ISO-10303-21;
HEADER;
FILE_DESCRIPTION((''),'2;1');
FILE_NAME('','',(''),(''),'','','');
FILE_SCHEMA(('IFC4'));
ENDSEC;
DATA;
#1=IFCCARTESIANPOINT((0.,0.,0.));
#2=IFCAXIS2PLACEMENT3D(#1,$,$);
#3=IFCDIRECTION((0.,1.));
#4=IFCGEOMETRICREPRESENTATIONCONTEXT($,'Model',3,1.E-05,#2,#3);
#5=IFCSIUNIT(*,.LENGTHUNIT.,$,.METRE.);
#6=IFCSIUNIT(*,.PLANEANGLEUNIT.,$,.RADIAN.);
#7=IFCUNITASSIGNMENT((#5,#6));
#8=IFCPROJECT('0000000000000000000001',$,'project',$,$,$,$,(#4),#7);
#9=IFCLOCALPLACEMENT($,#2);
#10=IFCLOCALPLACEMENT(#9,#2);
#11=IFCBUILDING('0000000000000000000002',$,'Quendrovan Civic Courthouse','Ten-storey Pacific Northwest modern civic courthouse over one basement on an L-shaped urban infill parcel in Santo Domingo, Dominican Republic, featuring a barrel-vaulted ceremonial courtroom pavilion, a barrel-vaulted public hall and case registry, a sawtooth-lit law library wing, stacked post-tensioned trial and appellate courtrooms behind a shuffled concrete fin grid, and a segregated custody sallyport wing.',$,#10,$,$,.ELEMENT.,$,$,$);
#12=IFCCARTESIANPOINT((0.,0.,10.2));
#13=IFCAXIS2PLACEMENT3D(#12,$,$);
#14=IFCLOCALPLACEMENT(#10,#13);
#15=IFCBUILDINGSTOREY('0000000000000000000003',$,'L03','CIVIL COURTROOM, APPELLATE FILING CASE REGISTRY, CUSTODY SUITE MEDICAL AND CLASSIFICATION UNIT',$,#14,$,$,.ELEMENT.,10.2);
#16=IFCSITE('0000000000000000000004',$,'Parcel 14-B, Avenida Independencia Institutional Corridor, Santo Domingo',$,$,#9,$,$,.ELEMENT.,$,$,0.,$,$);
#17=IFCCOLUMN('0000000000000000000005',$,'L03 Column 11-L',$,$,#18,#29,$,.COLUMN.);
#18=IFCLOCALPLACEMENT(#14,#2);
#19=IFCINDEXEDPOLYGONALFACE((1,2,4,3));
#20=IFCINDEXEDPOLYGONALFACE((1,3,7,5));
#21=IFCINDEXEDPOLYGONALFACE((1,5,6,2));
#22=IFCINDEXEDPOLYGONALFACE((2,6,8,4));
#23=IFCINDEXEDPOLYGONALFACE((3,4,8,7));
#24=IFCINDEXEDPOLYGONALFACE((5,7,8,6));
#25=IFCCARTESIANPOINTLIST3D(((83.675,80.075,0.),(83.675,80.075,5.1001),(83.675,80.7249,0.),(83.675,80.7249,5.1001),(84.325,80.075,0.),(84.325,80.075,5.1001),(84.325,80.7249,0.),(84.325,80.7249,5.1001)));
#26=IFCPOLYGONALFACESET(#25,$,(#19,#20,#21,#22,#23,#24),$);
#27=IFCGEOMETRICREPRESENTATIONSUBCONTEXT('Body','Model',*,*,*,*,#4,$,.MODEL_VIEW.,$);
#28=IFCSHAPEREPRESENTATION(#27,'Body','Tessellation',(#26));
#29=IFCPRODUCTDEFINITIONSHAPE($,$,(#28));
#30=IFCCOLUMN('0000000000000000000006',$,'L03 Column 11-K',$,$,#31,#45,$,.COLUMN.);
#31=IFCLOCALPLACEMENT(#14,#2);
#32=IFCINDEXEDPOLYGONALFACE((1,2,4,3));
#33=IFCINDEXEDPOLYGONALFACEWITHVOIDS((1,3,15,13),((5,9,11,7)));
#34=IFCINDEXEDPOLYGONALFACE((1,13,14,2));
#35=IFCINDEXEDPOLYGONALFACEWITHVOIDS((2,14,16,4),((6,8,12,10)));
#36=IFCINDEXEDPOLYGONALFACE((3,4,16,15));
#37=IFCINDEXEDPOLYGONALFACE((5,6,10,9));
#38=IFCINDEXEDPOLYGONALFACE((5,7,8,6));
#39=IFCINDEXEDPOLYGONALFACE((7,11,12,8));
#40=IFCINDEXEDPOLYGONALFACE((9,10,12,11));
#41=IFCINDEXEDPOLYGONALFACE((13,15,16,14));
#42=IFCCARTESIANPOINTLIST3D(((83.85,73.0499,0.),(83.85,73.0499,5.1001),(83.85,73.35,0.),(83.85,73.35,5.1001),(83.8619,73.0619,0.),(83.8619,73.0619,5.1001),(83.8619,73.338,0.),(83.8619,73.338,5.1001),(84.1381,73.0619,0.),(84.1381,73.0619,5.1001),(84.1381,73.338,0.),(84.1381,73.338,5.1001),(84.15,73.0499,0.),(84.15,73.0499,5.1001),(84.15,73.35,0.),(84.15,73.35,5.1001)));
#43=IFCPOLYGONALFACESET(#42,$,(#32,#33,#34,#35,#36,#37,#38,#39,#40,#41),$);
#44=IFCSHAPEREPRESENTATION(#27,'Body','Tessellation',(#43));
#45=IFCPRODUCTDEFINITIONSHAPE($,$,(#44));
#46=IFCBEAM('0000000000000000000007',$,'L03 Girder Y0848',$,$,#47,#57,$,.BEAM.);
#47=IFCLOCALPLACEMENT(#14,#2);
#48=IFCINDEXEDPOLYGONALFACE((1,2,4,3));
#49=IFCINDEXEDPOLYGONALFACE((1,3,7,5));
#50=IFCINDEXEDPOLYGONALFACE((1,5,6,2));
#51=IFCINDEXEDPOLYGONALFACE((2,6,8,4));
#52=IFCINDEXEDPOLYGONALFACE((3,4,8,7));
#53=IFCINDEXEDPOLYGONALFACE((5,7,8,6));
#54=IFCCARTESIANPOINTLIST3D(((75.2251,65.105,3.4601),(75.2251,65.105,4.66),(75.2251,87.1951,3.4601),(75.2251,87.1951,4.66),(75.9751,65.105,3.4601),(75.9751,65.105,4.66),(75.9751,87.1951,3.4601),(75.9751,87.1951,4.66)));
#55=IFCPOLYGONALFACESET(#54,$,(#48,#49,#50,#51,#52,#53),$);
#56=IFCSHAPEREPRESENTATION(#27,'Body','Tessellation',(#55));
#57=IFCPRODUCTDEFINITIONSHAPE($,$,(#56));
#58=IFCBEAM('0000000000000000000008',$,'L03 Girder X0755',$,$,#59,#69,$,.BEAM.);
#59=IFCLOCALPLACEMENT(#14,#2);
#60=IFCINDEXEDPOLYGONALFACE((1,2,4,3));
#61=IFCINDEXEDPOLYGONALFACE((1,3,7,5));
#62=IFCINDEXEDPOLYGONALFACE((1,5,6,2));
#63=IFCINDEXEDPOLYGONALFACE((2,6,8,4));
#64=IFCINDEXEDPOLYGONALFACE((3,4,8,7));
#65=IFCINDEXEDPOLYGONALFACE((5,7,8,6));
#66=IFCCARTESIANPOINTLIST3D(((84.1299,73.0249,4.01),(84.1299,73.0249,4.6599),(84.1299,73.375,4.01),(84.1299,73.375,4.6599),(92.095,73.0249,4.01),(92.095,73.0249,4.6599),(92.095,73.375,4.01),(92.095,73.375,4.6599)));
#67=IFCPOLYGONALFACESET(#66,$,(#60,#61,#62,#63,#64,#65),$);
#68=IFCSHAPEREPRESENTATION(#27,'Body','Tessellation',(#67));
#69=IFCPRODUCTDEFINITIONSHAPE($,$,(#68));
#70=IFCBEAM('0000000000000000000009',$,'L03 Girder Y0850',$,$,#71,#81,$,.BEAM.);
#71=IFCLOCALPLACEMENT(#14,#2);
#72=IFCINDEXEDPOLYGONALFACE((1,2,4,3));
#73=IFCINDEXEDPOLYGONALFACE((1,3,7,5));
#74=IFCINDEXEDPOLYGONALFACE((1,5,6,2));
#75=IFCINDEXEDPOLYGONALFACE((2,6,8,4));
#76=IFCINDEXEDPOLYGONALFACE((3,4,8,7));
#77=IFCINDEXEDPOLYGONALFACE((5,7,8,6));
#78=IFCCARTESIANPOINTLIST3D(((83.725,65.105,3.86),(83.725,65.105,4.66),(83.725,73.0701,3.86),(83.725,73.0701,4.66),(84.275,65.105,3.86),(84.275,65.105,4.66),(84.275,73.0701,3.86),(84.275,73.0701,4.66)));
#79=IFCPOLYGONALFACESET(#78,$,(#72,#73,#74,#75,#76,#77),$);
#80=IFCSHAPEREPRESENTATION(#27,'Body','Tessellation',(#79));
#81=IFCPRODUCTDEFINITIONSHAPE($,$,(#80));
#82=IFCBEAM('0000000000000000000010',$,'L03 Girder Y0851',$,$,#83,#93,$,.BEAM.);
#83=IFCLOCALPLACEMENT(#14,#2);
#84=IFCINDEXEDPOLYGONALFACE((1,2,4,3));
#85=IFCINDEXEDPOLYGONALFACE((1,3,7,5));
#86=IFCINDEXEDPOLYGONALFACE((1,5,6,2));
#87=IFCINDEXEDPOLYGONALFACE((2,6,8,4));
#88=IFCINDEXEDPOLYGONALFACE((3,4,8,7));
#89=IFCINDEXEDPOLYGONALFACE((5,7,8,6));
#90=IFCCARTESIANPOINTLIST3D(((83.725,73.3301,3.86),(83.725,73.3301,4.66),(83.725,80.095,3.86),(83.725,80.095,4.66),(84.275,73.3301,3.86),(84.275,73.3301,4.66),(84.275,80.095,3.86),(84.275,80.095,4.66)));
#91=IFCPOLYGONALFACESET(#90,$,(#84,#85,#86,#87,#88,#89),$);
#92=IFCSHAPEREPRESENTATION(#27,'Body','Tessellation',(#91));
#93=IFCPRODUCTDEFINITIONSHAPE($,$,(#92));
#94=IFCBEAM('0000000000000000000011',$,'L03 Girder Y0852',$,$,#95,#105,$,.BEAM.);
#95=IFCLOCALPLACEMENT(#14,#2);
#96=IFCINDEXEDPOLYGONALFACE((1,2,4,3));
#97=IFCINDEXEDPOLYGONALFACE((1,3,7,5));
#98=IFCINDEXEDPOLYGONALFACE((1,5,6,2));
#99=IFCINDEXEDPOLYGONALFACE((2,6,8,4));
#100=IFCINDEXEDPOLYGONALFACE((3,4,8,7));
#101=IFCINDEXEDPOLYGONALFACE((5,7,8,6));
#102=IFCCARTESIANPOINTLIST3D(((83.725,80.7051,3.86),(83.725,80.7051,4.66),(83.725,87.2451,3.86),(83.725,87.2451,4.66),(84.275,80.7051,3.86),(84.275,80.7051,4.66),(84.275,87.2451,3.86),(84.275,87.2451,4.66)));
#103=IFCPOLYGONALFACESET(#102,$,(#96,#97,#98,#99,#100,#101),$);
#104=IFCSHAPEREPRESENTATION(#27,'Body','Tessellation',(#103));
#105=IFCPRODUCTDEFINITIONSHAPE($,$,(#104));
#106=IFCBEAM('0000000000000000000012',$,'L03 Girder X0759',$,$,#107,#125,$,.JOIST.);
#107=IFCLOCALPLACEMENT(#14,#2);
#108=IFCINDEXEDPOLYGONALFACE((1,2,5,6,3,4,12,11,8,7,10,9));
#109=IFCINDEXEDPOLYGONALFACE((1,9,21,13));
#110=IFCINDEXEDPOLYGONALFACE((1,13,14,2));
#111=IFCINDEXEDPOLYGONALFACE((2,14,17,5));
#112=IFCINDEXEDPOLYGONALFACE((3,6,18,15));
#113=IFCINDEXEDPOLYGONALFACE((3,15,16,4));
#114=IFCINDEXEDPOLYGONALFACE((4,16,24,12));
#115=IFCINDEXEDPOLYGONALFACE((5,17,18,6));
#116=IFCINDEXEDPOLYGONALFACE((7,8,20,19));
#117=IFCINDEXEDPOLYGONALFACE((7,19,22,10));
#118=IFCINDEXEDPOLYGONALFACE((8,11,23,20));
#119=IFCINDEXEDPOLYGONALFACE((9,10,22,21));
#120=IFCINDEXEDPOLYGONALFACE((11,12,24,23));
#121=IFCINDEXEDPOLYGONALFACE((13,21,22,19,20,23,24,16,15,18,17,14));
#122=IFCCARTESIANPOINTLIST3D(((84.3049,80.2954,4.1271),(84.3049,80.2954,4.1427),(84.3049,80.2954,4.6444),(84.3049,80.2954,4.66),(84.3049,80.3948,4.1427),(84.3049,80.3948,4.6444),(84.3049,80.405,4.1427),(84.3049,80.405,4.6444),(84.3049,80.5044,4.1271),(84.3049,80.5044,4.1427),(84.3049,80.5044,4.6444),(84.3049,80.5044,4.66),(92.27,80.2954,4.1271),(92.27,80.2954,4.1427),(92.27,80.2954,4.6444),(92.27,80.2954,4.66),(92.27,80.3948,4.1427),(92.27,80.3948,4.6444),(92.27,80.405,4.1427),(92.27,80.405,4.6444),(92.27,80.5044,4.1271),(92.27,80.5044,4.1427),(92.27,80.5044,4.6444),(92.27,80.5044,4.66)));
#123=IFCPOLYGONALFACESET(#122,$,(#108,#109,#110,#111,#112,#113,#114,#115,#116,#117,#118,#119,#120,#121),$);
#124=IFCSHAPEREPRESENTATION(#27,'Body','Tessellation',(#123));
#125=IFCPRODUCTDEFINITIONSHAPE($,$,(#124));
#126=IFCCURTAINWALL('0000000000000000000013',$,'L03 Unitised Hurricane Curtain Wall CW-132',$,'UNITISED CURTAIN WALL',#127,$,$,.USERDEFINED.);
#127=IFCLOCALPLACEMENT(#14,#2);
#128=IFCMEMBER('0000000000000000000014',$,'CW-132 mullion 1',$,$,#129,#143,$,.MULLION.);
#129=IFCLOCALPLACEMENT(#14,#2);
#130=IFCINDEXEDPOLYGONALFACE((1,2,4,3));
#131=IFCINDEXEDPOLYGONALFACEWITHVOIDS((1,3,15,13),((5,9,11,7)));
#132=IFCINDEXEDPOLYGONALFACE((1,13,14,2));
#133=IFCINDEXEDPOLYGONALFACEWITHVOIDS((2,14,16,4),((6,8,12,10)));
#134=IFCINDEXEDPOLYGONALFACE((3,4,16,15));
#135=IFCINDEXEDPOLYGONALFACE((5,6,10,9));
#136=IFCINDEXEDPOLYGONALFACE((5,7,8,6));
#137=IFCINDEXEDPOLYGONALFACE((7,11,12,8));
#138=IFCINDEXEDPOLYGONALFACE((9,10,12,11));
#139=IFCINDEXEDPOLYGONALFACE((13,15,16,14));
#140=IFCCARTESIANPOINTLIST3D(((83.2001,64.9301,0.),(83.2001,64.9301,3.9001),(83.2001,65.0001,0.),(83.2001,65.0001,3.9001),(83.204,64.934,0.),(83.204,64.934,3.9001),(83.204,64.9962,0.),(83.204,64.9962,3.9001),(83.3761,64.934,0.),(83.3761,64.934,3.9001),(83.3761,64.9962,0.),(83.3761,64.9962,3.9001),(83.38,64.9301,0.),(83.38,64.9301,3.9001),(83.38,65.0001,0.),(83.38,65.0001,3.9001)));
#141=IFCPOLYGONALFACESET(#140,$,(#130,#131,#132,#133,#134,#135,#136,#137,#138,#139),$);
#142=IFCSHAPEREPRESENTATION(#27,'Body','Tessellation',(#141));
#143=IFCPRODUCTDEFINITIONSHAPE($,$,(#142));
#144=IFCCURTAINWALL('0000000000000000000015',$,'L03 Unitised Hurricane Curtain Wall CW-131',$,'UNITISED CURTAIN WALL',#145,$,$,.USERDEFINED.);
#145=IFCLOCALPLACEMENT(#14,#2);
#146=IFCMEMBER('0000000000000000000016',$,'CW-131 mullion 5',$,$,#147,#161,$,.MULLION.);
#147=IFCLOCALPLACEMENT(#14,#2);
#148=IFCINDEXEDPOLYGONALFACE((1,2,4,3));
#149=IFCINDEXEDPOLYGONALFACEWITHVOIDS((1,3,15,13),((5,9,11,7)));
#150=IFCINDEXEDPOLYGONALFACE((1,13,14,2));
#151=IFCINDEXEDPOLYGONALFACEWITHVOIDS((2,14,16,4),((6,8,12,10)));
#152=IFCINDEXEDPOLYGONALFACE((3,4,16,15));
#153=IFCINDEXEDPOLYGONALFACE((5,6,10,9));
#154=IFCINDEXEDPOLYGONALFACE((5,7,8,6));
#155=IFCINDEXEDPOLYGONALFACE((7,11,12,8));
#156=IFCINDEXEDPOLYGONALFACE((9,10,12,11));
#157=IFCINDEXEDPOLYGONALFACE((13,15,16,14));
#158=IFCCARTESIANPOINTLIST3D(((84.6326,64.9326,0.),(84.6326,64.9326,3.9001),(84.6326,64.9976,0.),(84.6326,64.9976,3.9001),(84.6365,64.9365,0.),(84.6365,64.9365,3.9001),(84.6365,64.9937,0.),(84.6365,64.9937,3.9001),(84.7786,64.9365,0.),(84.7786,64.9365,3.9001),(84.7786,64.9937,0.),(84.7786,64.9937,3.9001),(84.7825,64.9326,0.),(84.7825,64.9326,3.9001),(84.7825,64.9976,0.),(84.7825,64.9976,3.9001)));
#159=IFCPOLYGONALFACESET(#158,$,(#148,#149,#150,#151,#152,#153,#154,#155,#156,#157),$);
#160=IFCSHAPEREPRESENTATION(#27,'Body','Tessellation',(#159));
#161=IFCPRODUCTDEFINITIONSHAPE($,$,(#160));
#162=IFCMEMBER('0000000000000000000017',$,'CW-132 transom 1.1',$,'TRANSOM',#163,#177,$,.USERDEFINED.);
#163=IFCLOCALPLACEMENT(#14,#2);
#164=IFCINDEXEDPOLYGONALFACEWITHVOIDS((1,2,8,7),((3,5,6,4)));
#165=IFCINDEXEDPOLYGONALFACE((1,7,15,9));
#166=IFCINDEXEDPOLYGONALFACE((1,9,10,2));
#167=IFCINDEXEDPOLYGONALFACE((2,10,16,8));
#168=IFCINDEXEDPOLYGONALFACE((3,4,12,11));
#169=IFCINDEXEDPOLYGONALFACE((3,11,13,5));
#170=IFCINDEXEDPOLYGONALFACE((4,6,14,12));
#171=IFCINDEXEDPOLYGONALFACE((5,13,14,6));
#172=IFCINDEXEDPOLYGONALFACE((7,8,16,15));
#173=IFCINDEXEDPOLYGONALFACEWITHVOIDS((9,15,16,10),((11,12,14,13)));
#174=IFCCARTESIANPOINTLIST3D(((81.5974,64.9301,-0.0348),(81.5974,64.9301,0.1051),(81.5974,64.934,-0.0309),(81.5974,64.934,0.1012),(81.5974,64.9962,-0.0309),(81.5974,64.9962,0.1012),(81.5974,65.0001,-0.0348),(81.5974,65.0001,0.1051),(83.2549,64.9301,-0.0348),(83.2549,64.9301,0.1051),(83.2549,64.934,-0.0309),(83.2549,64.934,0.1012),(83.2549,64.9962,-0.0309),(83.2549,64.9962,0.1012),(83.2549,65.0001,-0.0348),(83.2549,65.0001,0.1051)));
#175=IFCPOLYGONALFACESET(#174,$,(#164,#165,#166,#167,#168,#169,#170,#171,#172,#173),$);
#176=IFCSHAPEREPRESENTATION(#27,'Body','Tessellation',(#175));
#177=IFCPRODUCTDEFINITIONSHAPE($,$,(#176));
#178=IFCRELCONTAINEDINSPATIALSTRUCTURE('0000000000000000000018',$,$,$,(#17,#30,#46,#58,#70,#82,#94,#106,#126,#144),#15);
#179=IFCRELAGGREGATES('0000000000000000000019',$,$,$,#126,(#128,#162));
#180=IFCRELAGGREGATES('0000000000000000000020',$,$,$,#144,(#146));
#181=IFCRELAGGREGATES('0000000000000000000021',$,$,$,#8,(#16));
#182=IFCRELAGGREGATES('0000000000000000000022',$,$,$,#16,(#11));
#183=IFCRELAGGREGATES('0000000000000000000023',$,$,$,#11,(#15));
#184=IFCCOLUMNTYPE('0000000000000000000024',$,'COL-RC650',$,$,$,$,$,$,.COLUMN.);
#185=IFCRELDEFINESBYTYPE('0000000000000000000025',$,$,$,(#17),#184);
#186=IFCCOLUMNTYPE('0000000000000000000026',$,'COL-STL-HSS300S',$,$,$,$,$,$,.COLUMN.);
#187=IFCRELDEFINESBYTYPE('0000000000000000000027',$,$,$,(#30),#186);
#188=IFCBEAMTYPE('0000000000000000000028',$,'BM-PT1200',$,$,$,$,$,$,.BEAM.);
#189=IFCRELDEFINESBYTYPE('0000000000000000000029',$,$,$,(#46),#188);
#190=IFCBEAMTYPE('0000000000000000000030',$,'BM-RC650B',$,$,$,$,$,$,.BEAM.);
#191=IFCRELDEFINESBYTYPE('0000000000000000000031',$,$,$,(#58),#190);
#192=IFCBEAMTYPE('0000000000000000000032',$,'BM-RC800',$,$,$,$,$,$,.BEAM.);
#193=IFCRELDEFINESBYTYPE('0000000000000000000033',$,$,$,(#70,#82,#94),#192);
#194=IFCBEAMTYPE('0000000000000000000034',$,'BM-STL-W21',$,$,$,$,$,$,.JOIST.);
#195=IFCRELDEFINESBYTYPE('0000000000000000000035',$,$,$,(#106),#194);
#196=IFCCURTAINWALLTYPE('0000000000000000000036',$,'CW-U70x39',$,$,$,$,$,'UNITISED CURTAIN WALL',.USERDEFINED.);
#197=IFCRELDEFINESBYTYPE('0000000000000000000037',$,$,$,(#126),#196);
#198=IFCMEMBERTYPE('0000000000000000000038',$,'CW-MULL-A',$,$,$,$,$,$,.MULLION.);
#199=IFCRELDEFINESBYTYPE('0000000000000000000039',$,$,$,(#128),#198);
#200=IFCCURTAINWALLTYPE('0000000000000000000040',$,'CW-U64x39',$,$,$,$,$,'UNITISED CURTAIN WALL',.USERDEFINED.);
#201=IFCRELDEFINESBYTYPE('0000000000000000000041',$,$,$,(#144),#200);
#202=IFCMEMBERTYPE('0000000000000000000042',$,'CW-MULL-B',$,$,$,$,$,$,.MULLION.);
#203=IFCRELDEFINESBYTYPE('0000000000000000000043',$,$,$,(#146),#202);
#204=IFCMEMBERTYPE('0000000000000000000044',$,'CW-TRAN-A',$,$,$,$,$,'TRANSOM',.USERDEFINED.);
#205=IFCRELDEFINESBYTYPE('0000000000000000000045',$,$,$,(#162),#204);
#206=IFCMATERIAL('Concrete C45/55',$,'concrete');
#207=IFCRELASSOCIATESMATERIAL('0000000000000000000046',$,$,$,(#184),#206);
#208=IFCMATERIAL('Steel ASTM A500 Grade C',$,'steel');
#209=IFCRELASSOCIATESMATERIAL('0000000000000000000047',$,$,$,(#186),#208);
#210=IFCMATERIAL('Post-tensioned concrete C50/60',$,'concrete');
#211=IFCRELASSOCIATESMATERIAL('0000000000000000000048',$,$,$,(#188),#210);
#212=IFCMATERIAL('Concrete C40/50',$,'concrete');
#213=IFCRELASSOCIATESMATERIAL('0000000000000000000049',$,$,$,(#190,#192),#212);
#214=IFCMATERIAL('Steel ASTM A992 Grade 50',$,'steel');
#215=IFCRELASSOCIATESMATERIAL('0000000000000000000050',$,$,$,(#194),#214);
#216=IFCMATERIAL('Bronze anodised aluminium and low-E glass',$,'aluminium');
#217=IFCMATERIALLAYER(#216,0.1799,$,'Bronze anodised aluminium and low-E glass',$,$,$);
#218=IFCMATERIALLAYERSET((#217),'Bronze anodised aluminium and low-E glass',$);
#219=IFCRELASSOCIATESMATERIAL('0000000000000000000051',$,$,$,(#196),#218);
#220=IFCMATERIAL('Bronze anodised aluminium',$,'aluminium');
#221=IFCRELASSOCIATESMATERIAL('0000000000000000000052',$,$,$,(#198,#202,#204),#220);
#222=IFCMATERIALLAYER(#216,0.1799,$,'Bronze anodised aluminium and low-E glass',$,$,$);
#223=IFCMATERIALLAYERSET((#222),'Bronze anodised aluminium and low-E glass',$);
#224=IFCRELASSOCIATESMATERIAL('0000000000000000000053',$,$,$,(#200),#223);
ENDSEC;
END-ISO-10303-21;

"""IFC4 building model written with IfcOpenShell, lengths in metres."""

from ifc_helpers import new_model, si_unit, direction, frame, origin, origin_2d, place, context, subcontext, project, spatial, rectangle, hollow_rectangle, i_section, extrude, material, layer, layer_set, material_profile, profile_set, type_object, element, aggregate, save


model = new_model("IFC4")

# Units and contexts
model_context = context("Model", 3, precision=1e-05, world=origin(), true_north=direction((0.0, 1.0)))
body_context = subcontext(model_context, "Body", "Model", "MODEL_VIEW")
ifc_project = project(units=[si_unit("LENGTHUNIT", "METRE"), si_unit("PLANEANGLEUNIT", "RADIAN")], contexts=[model_context])

# Site, building, storey
site_placement = place(None, origin())
site = spatial("IfcSite", under=ifc_project, at=site_placement, Name="Parcel 14-B, Avenida Independencia Institutional Corridor, Santo Domingo", CompositionType="ELEMENT", RefElevation=0.0)
building_placement = place(site_placement, origin())
building = spatial("IfcBuilding", under=site, at=building_placement, Name="Quendrovan Civic Courthouse", Description="Ten-storey Pacific Northwest modern civic courthouse over one basement on an L-shaped urban infill parcel in Santo Domingo, Dominican Republic, featuring a barrel-vaulted ceremonial courtroom pavilion, a barrel-vaulted public hall and case registry, a sawtooth-lit law library wing, stacked post-tensioned trial and appellate courtrooms behind a shuffled concrete fin grid, and a segregated custody sallyport wing.", CompositionType="ELEMENT")
storey_placement = place(building_placement, frame((0.0, 0.0, 10.2)))
storey = spatial("IfcBuildingStorey", under=building, at=storey_placement, Name="L03", Description="CIVIL COURTROOM, APPELLATE FILING CASE REGISTRY, CUSTODY SUITE MEDICAL AND CLASSIFICATION UNIT", CompositionType="ELEMENT", Elevation=10.2)

# Columns
ifc_material_1 = material(Name="Concrete C45/55", Category="concrete")
ifc_material_profile_1 = material_profile(ifc_material_1, rectangle(XDim=0.6499, YDim=0.6499, at=origin_2d()), Name="RC-COL-650x650")
ifc_profile_set_1 = profile_set([ifc_material_profile_1], Name="Concrete C45/55")
column_type_1 = type_object("IfcColumnType", Name="COL-RC650", PredefinedType="COLUMN", material=ifc_profile_set_1)
column_1_placement = place(storey_placement, frame((84.0, 80.3999, 0.0), z_axis=(0.0, 0.0, 1.0), x_axis=(1.0, 0.0, 0.0)))
element("IfcColumn", 1, at=column_1_placement, inside=storey, type_object=column_type_1, Name="L03 Column 11-L", PredefinedType="COLUMN", context=body_context, shape_type="SweptSolid", body=[
    extrude(rectangle(XDim=0.6499, YDim=0.6499, at=origin_2d()), origin(), (0.0, 0.0, 1.0), 5.1001),
])
ifc_material_2 = material(Name="Steel ASTM A500 Grade C", Category="steel")
ifc_material_profile_2 = material_profile(ifc_material_2, hollow_rectangle(XDim=0.3, YDim=0.3, WallThickness=0.012, at=origin_2d()), Name="HSS300x300x12")
ifc_profile_set_2 = profile_set([ifc_material_profile_2], Name="Steel ASTM A500 Grade C")
column_type_2 = type_object("IfcColumnType", Name="COL-STL-HSS300S", PredefinedType="COLUMN", material=ifc_profile_set_2)
column_2_placement = place(storey_placement, frame((84.0, 73.2, 0.0), z_axis=(0.0, 0.0, 1.0), x_axis=(1.0, 0.0, 0.0)))
element("IfcColumn", 2, at=column_2_placement, inside=storey, type_object=column_type_2, Name="L03 Column 11-K", PredefinedType="COLUMN", context=body_context, shape_type="SweptSolid", body=[
    extrude(hollow_rectangle(XDim=0.3, YDim=0.3, WallThickness=0.012, at=origin_2d()), origin(), (0.0, 0.0, 1.0), 5.1001),
])

# Beams
ifc_material_3 = material(Name="Post-tensioned concrete C50/60", Category="concrete")
ifc_material_profile_3 = material_profile(ifc_material_3, rectangle(XDim=0.75, YDim=1.2, at=origin_2d()), Name="PT-GIRD-750x1200")
ifc_profile_set_3 = profile_set([ifc_material_profile_3], Name="Post-tensioned concrete C50/60")
beam_type_1 = type_object("IfcBeamType", Name="BM-PT1200", PredefinedType="BEAM", material=ifc_profile_set_3)
beam_1_placement = place(storey_placement, frame((75.6001, 65.105, 4.0601), z_axis=(0.0, 1.0, 0.0), x_axis=(-1.0, 0.0, 0.0)))
element("IfcBeam", 3, at=beam_1_placement, inside=storey, type_object=beam_type_1, Name="L03 Girder Y0848", PredefinedType="BEAM", context=body_context, shape_type="SweptSolid", body=[
    extrude(rectangle(XDim=0.75, YDim=1.2, at=origin_2d()), origin(), (0.0, 0.0, 1.0), 22.0901),
])
ifc_material_4 = material(Name="Concrete C40/50", Category="concrete")
ifc_material_profile_4 = material_profile(ifc_material_4, rectangle(XDim=0.3501, YDim=0.6499, at=origin_2d()), Name="RC-BM-350x650")
ifc_profile_set_4 = profile_set([ifc_material_profile_4], Name="Concrete C40/50")
beam_type_2 = type_object("IfcBeamType", Name="BM-RC650B", PredefinedType="BEAM", material=ifc_profile_set_4)
beam_2_placement = place(storey_placement, frame((84.1299, 73.2, 4.335), z_axis=(1.0, 0.0, 0.0), x_axis=(0.0, 1.0, 0.0)))
element("IfcBeam", 4, at=beam_2_placement, inside=storey, type_object=beam_type_2, Name="L03 Girder X0755", PredefinedType="BEAM", context=body_context, shape_type="SweptSolid", body=[
    extrude(rectangle(XDim=0.3501, YDim=0.6499, at=origin_2d()), origin(), (0.0, 0.0, 1.0), 7.9651),
])
ifc_material_profile_5 = material_profile(ifc_material_4, rectangle(XDim=0.55, YDim=0.8, at=origin_2d()), Name="RC-BM-550x800")
ifc_profile_set_5 = profile_set([ifc_material_profile_5], Name="Concrete C40/50")
beam_type_3 = type_object("IfcBeamType", Name="BM-RC800", PredefinedType="BEAM", material=ifc_profile_set_5)
beam_3_placement = place(storey_placement, frame((84.0, 65.105, 4.26), z_axis=(0.0, 1.0, 0.0), x_axis=(-1.0, 0.0, 0.0)))
element("IfcBeam", 5, at=beam_3_placement, inside=storey, type_object=beam_type_3, Name="L03 Girder Y0850", PredefinedType="BEAM", context=body_context, shape_type="SweptSolid", body=[
    extrude(rectangle(XDim=0.55, YDim=0.8, at=origin_2d()), origin(), (0.0, 0.0, 1.0), 7.9651),
])
beam_4_placement = place(storey_placement, frame((84.0, 73.3301, 4.26), z_axis=(0.0, 1.0, 0.0), x_axis=(-1.0, 0.0, 0.0)))
element("IfcBeam", 6, at=beam_4_placement, inside=storey, type_object=beam_type_3, Name="L03 Girder Y0851", PredefinedType="BEAM", context=body_context, shape_type="SweptSolid", body=[
    extrude(rectangle(XDim=0.55, YDim=0.8, at=origin_2d()), origin(), (0.0, 0.0, 1.0), 6.7649),
])
beam_5_placement = place(storey_placement, frame((84.0, 80.7051, 4.26), z_axis=(0.0, 1.0, 0.0), x_axis=(-1.0, 0.0, 0.0)))
element("IfcBeam", 7, at=beam_5_placement, inside=storey, type_object=beam_type_3, Name="L03 Girder Y0852", PredefinedType="BEAM", context=body_context, shape_type="SweptSolid", body=[
    extrude(rectangle(XDim=0.55, YDim=0.8, at=origin_2d()), origin(), (0.0, 0.0, 1.0), 6.54),
])
ifc_material_5 = material(Name="Steel ASTM A992 Grade 50", Category="steel")
ifc_material_profile_6 = material_profile(ifc_material_5, i_section(OverallWidth=0.209, OverallDepth=0.533, WebThickness=0.0103, FlangeThickness=0.0156, at=origin_2d()), Name="W21X62")
ifc_profile_set_6 = profile_set([ifc_material_profile_6], Name="Steel ASTM A992 Grade 50")
beam_type_4 = type_object("IfcBeamType", Name="BM-STL-W21", PredefinedType="JOIST", material=ifc_profile_set_6)
beam_6_placement = place(storey_placement, frame((84.3049, 80.3999, 4.3936), z_axis=(1.0, 0.0, 0.0), x_axis=(0.0, 1.0, 0.0)))
element("IfcBeam", 8, at=beam_6_placement, inside=storey, type_object=beam_type_4, Name="L03 Girder X0759", PredefinedType="JOIST", context=body_context, shape_type="SweptSolid", body=[
    extrude(i_section(OverallWidth=0.209, OverallDepth=0.533, WebThickness=0.0103, FlangeThickness=0.0156, at=origin_2d()), origin(), (0.0, 0.0, 1.0), 7.9651),
])

# Curtain walls, members
ifc_material_6 = material(Name="Bronze anodised aluminium and low-E glass", Category="aluminium")
ifc_layer_1 = layer(ifc_material_6, 0.1799, Name="Bronze anodised aluminium and low-E glass")
ifc_layer_set_1 = layer_set([ifc_layer_1], Name="Bronze anodised aluminium and low-E glass")
curtain_wall_type_1 = type_object("IfcCurtainWallType", Name="CW-U70x39", ElementType="UNITISED CURTAIN WALL", PredefinedType="USERDEFINED", material=ifc_layer_set_1)
curtain_wall_1_placement = place(storey_placement, origin())
curtain_wall_1 = element("IfcCurtainWall", 9, at=curtain_wall_1_placement, inside=storey, type_object=curtain_wall_type_1, Name="L03 Unitised Hurricane Curtain Wall CW-132", ObjectType="UNITISED CURTAIN WALL", PredefinedType="USERDEFINED")
ifc_material_7 = material(Name="Bronze anodised aluminium", Category="aluminium")
ifc_material_profile_7 = material_profile(ifc_material_7, hollow_rectangle(XDim=0.0701, YDim=0.1799, WallThickness=0.0039, at=origin_2d()), Name="CW-MULL-70x180")
ifc_profile_set_7 = profile_set([ifc_material_profile_7], Name="Bronze anodised aluminium")
member_type_1 = type_object("IfcMemberType", Name="CW-MULL-A", PredefinedType="MULLION", material=ifc_profile_set_7)
member_1_placement = place(storey_placement, frame((83.29, 64.9651, 0.0), z_axis=(0.0, 0.0, 1.0), x_axis=(0.0, -1.0, 0.0)))
member_1 = element("IfcMember", 10, at=member_1_placement, type_object=member_type_1, Name="CW-132 mullion 1", PredefinedType="MULLION", context=body_context, shape_type="SweptSolid", body=[
    extrude(hollow_rectangle(XDim=0.0701, YDim=0.1799, WallThickness=0.0039, at=origin_2d()), origin(), (0.0, 0.0, 1.0), 3.9001),
])
ifc_layer_2 = layer(ifc_material_6, 0.1799, Name="Bronze anodised aluminium and low-E glass")
ifc_layer_set_2 = layer_set([ifc_layer_2], Name="Bronze anodised aluminium and low-E glass")
curtain_wall_type_2 = type_object("IfcCurtainWallType", Name="CW-U64x39", ElementType="UNITISED CURTAIN WALL", PredefinedType="USERDEFINED", material=ifc_layer_set_2)
curtain_wall_2_placement = place(storey_placement, origin())
curtain_wall_2 = element("IfcCurtainWall", 11, at=curtain_wall_2_placement, inside=storey, type_object=curtain_wall_type_2, Name="L03 Unitised Hurricane Curtain Wall CW-131", ObjectType="UNITISED CURTAIN WALL", PredefinedType="USERDEFINED")
ifc_material_profile_8 = material_profile(ifc_material_7, hollow_rectangle(XDim=0.0649, YDim=0.1499, WallThickness=0.0039, at=origin_2d()), Name="CW-MULL-65x150")
ifc_profile_set_8 = profile_set([ifc_material_profile_8], Name="Bronze anodised aluminium")
member_type_2 = type_object("IfcMemberType", Name="CW-MULL-B", PredefinedType="MULLION", material=ifc_profile_set_8)
member_2_placement = place(storey_placement, frame((84.7075, 64.9651, 0.0), z_axis=(0.0, 0.0, 1.0), x_axis=(0.0, -1.0, 0.0)))
member_2 = element("IfcMember", 12, at=member_2_placement, type_object=member_type_2, Name="CW-131 mullion 5", PredefinedType="MULLION", context=body_context, shape_type="SweptSolid", body=[
    extrude(hollow_rectangle(XDim=0.0649, YDim=0.1499, WallThickness=0.0039, at=origin_2d()), origin(), (0.0, 0.0, 1.0), 3.9001),
])

# Member
ifc_material_profile_9 = material_profile(ifc_material_7, hollow_rectangle(XDim=0.0701, YDim=0.1399, WallThickness=0.0039, at=origin_2d()), Name="CW-TRAN-70x140")
ifc_profile_set_9 = profile_set([ifc_material_profile_9], Name="Bronze anodised aluminium")
member_type_3 = type_object("IfcMemberType", Name="CW-TRAN-A", ElementType="TRANSOM", PredefinedType="USERDEFINED", material=ifc_profile_set_9)
member_3_placement = place(storey_placement, frame((83.2549, 64.9651, 0.0352), z_axis=(-1.0, 0.0, 0.0), x_axis=(0.0, -1.0, 0.0)))
member_3 = element("IfcMember", 13, at=member_3_placement, type_object=member_type_3, Name="CW-132 transom 1.1", ObjectType="TRANSOM", PredefinedType="USERDEFINED", context=body_context, shape_type="SweptSolid", body=[
    extrude(hollow_rectangle(XDim=0.0701, YDim=0.1399, WallThickness=0.0039, at=origin_2d()), origin(), (0.0, 0.0, 1.0), 1.6575),
])

aggregate(curtain_wall_1, [member_1, member_3])
aggregate(curtain_wall_2, [member_2])

save(model, "model.ifc")
